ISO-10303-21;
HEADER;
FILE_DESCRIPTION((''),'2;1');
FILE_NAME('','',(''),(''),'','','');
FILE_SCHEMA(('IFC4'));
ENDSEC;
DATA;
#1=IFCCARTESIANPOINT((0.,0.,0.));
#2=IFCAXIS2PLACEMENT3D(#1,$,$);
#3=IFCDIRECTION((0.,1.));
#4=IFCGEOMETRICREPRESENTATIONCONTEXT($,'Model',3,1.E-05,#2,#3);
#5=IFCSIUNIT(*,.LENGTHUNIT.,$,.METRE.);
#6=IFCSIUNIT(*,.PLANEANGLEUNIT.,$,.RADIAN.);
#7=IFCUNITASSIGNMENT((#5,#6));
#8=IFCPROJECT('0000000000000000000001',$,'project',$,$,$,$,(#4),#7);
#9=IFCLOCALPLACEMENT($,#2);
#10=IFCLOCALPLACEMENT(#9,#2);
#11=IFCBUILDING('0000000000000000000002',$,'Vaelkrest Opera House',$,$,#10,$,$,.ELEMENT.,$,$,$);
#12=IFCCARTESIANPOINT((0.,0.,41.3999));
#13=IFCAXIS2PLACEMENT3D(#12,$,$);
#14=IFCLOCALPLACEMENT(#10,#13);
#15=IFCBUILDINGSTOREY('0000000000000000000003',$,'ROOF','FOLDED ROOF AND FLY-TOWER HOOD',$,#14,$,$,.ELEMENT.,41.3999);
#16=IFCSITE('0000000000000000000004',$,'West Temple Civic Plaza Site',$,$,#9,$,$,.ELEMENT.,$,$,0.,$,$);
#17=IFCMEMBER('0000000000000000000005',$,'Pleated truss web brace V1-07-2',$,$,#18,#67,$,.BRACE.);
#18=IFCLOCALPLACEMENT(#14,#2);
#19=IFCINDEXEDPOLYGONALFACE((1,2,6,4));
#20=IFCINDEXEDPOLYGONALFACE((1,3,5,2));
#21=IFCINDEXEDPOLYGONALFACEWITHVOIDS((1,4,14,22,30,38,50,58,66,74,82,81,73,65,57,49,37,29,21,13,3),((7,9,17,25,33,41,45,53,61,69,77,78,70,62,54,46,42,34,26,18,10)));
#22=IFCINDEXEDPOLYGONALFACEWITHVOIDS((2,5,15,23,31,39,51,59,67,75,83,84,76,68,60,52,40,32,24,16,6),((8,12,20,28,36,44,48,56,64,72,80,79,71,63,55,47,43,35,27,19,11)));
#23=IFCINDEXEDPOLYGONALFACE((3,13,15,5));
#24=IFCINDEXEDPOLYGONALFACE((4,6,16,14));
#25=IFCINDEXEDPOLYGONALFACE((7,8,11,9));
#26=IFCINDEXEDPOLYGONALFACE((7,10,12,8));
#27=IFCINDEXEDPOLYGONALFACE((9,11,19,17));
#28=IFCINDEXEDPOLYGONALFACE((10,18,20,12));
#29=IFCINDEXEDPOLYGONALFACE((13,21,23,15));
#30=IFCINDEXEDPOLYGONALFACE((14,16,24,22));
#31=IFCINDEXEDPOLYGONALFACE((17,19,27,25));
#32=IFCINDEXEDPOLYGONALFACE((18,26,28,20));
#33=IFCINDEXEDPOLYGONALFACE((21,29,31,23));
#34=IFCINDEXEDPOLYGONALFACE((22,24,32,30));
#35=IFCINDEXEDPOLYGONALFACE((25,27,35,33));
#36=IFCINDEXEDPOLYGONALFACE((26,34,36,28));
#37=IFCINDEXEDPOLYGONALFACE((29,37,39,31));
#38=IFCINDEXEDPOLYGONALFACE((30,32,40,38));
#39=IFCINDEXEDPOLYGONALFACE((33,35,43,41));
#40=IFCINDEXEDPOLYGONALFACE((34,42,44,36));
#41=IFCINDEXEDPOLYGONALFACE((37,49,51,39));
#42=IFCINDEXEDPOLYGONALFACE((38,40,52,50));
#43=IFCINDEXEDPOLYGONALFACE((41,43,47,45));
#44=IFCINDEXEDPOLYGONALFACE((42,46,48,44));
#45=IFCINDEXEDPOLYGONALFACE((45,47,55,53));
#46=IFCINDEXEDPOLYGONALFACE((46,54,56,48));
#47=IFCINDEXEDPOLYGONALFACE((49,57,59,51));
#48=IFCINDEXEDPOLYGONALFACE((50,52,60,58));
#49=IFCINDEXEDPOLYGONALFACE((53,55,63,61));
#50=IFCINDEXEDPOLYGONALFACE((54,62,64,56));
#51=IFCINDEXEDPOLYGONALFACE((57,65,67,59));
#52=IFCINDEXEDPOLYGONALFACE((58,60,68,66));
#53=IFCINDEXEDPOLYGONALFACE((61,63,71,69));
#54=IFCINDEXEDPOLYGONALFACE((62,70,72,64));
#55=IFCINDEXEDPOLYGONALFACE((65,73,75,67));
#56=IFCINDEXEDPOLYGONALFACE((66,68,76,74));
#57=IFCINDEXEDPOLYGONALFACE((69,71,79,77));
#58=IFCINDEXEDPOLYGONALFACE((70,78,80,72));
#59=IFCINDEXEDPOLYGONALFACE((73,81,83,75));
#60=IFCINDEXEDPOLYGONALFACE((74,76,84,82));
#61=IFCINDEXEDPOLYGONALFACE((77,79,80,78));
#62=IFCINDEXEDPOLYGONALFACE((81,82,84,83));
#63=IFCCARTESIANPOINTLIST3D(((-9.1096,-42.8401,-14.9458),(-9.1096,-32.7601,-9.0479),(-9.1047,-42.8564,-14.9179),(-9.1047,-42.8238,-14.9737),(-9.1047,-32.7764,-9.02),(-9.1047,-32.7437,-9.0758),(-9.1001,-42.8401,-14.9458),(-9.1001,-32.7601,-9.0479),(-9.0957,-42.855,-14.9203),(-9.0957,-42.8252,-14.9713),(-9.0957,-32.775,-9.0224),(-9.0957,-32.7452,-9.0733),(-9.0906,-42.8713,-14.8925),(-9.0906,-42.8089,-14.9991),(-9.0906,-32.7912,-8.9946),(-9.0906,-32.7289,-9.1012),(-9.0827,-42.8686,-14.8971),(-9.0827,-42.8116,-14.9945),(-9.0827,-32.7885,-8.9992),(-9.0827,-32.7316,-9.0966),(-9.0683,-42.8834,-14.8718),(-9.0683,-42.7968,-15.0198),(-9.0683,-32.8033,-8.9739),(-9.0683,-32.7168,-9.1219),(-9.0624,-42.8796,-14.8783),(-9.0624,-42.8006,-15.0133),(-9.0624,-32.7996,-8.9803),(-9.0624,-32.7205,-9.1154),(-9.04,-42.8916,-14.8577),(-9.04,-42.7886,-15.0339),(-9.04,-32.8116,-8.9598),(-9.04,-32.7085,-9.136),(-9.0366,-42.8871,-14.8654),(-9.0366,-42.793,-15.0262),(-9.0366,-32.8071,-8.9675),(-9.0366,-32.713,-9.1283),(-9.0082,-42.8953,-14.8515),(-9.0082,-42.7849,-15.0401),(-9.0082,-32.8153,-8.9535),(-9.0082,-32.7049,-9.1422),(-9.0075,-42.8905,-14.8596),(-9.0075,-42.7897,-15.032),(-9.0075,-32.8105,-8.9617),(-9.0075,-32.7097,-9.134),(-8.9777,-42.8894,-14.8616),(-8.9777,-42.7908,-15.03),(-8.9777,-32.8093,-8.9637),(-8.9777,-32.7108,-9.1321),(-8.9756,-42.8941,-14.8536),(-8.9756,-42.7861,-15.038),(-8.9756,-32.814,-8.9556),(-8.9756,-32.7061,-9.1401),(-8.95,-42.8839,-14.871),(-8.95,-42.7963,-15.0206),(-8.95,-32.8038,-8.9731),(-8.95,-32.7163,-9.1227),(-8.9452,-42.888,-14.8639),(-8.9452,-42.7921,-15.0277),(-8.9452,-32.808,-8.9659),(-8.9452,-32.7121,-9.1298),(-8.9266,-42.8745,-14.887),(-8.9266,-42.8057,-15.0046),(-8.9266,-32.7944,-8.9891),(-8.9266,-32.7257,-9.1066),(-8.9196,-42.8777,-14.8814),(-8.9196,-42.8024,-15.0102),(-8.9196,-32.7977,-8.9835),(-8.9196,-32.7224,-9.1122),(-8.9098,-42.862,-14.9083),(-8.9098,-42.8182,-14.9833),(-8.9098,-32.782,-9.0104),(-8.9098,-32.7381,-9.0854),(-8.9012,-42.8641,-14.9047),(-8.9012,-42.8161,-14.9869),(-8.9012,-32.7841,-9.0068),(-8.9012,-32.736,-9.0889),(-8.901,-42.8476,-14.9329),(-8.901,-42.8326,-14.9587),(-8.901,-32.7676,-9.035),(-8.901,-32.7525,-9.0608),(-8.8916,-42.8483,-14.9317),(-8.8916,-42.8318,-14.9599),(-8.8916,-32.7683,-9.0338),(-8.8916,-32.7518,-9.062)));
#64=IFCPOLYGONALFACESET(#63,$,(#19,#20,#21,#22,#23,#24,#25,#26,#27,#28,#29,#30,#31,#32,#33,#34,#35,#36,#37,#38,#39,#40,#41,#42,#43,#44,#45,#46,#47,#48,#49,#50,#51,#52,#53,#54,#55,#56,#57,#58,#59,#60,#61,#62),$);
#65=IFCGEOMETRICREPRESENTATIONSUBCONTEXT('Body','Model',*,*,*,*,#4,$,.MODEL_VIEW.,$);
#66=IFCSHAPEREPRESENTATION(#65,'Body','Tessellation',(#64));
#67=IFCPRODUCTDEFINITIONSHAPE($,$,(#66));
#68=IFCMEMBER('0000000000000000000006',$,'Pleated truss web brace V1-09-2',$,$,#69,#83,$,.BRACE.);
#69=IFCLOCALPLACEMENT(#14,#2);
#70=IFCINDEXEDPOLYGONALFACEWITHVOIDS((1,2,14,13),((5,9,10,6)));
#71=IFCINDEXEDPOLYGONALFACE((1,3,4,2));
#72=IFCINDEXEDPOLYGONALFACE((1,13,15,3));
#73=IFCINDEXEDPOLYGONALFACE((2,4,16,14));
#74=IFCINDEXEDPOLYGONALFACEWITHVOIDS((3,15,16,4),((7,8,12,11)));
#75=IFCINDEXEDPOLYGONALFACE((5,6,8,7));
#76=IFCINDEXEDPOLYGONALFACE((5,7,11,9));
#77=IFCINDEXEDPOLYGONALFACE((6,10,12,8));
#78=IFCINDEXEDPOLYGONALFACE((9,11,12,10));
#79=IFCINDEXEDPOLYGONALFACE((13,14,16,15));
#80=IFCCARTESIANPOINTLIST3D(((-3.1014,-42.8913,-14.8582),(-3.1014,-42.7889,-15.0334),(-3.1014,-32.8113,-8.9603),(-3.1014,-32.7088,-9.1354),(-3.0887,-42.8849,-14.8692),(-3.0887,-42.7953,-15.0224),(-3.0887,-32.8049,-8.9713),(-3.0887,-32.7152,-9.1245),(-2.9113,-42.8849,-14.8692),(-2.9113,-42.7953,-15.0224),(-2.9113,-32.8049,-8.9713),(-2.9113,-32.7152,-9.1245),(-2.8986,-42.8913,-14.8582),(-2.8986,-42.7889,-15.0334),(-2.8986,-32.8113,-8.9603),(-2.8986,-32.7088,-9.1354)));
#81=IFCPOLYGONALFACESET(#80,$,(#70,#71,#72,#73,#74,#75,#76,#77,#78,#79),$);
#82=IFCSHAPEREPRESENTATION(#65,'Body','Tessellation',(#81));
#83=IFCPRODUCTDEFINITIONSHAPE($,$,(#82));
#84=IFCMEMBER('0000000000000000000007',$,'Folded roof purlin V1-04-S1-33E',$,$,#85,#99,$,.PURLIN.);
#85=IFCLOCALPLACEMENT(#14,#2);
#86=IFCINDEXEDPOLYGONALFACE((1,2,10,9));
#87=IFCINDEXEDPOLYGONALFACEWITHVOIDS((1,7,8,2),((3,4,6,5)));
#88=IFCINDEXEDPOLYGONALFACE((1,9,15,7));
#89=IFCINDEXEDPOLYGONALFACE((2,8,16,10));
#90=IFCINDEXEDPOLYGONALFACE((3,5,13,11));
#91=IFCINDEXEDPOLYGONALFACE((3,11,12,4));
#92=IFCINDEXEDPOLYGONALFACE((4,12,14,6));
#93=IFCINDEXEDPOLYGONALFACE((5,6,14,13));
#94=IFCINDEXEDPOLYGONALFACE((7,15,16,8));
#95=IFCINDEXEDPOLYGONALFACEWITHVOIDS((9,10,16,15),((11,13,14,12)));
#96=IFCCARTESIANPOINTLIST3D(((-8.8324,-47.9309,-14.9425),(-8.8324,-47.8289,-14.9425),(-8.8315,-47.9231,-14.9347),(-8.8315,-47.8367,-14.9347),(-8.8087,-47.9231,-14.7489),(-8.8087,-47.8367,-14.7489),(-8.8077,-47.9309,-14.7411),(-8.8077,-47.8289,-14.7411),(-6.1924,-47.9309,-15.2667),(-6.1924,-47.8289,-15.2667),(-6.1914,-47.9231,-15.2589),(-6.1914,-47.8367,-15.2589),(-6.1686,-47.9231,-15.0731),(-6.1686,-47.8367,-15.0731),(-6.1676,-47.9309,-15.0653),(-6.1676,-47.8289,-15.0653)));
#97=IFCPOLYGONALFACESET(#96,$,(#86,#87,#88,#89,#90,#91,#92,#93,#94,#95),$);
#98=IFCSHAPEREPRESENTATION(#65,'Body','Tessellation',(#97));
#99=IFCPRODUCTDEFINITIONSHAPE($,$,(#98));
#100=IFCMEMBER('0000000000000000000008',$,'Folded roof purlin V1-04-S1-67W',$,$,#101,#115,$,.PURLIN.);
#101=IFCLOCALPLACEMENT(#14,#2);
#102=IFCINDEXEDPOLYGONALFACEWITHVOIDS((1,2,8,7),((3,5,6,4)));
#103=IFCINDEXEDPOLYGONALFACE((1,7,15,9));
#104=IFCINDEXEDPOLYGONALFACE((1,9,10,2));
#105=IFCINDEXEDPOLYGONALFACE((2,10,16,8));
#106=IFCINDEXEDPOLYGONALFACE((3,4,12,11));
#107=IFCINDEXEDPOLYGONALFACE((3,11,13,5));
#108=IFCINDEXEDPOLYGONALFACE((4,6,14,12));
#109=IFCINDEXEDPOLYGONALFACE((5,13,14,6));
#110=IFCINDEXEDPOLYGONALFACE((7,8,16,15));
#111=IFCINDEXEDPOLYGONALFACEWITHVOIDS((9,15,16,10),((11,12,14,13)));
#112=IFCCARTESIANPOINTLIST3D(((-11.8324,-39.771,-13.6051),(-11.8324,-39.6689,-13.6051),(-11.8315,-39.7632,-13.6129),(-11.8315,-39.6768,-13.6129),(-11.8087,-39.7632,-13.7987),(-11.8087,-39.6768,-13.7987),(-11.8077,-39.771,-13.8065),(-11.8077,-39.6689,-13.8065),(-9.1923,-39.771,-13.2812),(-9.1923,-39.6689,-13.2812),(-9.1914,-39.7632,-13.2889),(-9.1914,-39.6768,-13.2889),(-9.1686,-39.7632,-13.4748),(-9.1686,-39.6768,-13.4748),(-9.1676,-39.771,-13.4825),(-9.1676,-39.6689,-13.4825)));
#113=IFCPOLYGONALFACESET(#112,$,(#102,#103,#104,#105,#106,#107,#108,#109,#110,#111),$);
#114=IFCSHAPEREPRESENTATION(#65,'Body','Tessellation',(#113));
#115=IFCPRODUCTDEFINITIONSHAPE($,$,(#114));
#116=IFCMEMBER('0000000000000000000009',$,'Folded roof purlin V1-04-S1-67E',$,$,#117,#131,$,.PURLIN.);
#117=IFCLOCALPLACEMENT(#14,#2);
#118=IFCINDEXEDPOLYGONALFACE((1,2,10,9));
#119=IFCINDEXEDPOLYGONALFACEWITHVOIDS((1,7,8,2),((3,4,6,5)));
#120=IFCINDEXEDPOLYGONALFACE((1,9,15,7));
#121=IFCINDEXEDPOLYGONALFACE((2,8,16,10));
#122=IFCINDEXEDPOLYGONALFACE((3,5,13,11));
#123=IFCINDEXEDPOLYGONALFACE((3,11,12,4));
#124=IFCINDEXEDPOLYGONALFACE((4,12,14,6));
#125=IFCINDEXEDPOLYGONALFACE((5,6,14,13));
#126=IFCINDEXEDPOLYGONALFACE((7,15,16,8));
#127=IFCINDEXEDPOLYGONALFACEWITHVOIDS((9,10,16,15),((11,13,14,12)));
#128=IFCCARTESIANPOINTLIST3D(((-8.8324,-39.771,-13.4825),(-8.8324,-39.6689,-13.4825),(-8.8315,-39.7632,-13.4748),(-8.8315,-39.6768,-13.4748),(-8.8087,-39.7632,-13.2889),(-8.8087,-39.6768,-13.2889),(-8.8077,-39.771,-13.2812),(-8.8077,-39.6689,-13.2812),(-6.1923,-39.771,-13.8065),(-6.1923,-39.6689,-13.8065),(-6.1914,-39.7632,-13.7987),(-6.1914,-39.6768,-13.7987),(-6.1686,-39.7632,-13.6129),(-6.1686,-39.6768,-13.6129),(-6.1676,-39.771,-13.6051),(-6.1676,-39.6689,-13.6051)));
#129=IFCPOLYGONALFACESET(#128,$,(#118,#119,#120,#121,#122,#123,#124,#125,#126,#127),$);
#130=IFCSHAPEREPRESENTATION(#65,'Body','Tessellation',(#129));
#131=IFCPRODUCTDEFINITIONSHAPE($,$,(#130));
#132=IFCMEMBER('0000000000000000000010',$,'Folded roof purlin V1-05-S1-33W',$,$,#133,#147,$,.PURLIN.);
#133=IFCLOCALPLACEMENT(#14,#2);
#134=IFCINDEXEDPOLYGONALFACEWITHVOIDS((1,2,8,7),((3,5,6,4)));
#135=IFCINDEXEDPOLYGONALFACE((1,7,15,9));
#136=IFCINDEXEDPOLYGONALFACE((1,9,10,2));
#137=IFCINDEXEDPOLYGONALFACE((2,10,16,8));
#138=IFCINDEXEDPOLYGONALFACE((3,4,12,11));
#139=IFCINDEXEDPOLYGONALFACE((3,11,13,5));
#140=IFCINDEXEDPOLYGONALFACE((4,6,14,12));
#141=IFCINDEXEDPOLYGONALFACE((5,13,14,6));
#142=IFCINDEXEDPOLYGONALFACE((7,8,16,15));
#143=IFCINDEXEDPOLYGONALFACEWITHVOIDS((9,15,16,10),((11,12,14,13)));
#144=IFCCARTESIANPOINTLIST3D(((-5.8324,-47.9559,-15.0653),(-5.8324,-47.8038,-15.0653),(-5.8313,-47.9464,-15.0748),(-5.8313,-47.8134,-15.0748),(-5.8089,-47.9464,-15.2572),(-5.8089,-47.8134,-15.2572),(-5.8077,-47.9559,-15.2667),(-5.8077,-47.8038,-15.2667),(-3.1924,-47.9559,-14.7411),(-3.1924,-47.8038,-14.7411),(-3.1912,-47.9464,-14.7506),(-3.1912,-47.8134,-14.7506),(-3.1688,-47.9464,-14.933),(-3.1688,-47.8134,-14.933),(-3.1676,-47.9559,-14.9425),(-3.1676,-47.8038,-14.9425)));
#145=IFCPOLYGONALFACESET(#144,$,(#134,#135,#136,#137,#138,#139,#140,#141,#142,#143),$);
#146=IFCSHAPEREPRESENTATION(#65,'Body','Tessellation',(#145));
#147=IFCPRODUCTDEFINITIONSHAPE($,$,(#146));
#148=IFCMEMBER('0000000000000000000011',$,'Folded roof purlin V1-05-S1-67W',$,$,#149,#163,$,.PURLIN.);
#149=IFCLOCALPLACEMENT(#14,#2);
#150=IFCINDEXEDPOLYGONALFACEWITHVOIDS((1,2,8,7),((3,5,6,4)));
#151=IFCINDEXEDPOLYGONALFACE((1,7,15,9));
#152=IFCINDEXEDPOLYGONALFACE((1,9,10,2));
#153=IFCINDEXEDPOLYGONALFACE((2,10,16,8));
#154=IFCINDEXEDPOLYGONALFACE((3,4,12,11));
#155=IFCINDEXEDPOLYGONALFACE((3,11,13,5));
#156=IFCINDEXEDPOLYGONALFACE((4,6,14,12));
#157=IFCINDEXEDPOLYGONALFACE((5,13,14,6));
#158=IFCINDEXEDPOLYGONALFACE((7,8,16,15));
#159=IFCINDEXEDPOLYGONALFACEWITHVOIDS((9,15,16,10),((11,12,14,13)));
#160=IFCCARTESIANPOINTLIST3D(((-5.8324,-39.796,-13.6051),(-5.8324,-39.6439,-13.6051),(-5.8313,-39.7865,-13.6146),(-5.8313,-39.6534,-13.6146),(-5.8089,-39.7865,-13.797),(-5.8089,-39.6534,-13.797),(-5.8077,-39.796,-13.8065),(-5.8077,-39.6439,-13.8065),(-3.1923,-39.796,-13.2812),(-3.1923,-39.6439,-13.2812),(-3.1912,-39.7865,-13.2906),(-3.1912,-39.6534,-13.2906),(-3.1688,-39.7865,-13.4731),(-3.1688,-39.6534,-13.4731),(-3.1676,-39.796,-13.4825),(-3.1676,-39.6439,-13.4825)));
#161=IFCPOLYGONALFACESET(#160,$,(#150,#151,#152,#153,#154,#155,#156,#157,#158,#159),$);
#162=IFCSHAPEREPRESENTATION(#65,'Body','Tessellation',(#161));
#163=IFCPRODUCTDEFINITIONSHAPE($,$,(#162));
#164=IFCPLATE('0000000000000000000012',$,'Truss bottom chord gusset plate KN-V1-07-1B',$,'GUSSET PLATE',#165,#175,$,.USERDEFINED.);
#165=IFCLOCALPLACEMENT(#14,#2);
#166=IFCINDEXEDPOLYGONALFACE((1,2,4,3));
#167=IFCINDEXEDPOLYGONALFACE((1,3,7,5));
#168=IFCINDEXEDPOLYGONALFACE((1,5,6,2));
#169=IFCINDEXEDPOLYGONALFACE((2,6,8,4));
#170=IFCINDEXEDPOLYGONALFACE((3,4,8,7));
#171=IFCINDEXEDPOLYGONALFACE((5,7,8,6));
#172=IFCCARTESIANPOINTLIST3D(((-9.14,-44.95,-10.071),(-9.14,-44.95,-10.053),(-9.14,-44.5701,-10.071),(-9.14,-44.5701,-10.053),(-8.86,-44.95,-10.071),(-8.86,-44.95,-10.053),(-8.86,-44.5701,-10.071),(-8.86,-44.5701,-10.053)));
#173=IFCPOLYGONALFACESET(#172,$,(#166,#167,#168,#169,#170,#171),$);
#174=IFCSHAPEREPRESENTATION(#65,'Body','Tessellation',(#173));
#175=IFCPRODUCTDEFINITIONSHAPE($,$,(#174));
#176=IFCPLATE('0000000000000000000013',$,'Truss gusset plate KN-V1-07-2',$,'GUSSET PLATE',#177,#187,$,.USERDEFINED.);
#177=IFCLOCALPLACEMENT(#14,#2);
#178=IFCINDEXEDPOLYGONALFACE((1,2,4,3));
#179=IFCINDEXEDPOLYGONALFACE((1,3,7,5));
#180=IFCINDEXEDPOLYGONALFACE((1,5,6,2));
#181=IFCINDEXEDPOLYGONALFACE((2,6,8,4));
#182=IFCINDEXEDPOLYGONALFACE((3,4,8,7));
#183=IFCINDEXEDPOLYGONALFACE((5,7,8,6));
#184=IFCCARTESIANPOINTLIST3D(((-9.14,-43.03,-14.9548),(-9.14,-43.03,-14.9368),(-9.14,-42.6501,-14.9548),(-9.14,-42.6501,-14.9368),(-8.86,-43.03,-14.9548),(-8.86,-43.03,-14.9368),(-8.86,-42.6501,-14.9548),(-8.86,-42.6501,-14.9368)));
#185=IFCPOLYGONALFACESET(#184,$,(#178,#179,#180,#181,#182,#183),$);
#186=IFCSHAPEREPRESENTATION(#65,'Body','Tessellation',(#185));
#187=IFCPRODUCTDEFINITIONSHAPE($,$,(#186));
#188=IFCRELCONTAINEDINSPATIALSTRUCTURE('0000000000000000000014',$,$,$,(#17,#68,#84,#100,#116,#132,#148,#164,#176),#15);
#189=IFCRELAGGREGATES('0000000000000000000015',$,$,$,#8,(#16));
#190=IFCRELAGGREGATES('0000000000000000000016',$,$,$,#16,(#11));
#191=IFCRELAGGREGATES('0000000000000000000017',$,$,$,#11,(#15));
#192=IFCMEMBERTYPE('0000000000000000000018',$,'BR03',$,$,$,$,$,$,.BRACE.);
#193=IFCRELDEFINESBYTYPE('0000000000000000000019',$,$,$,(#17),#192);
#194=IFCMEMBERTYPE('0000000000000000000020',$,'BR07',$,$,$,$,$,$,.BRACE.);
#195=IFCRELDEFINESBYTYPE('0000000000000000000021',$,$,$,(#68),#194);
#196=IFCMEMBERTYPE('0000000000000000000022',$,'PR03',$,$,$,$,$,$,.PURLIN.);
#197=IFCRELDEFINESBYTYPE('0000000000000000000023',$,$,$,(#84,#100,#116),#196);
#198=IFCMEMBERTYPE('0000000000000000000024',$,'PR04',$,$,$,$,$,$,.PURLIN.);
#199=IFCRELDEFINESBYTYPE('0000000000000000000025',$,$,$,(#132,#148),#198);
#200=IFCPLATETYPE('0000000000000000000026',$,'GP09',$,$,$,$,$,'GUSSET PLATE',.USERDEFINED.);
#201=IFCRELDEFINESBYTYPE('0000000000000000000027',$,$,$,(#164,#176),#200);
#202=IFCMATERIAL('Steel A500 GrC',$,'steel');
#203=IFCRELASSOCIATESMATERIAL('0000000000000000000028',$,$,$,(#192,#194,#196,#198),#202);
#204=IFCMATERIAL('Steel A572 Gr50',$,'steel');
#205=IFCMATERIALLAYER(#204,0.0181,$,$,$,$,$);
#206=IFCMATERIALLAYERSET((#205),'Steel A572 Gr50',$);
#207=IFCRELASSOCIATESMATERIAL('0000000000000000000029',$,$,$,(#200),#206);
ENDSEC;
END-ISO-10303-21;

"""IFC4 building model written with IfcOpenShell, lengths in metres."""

from ifc_helpers import new_model, si_unit, direction, frame, origin, origin_2d, place, context, subcontext, project, spatial, rectangle, hollow_rectangle, hollow_circle, extrude, material, layer, layer_set, material_profile, profile_set, type_object, element, save


model = new_model("IFC4")

# Units and contexts
model_context = context("Model", 3, precision=1e-05, world=origin(), true_north=direction((0.0, 1.0)))
body_context = subcontext(model_context, "Body", "Model", "MODEL_VIEW")
ifc_project = project(units=[si_unit("LENGTHUNIT", "METRE"), si_unit("PLANEANGLEUNIT", "RADIAN")], contexts=[model_context])

# Site, building, storey
site_placement = place(None, origin())
site = spatial("IfcSite", under=ifc_project, at=site_placement, Name="West Temple Civic Plaza Site", CompositionType="ELEMENT", RefElevation=0.0)
building_placement = place(site_placement, origin())
building = spatial("IfcBuilding", under=site, at=building_placement, Name="Vaelkrest Opera House", CompositionType="ELEMENT")
storey_placement = place(building_placement, frame((0.0, 0.0, 41.3999)))
storey = spatial("IfcBuildingStorey", under=building, at=storey_placement, Name="ROOF", Description="FOLDED ROOF AND FLY-TOWER HOOD", CompositionType="ELEMENT", Elevation=41.3999)

# Members
ifc_material_1 = material(Name="Steel A500 GrC", Category="steel")
ifc_material_profile_1 = material_profile(ifc_material_1, hollow_circle(Radius=0.1096, WallThickness=0.0095, at=origin_2d()), Name="HSS219.1X9.5")
ifc_profile_set_1 = profile_set([ifc_material_profile_1], Name="Steel A500 GrC")
member_type_1 = type_object("IfcMemberType", Name="BR03", PredefinedType="BRACE", material=ifc_profile_set_1)
member_1_placement = place(storey_placement, frame((-9.0, -42.8401, -14.9458), z_axis=(0.0, 0.863111, 0.505014), x_axis=(-1.0, 0.0, 0.0)))
element("IfcMember", 1, at=member_1_placement, inside=storey, type_object=member_type_1, Name="Pleated truss web brace V1-07-2", PredefinedType="BRACE", context=body_context, shape_type="SweptSolid", body=[
    extrude(hollow_circle(Radius=0.1096, WallThickness=0.0095, at=origin_2d()), origin(), (0.0, 0.0, 1.0), 11.6787),
])
ifc_material_profile_2 = material_profile(ifc_material_1, hollow_rectangle(XDim=0.2029, YDim=0.2029, WallThickness=0.0127, at=origin_2d()), Name="HSS203X203X12.7")
ifc_profile_set_2 = profile_set([ifc_material_profile_2], Name="Steel A500 GrC")
member_type_2 = type_object("IfcMemberType", Name="BR07", PredefinedType="BRACE", material=ifc_profile_set_2)
member_2_placement = place(storey_placement, frame((-3.0, -42.8401, -14.9458), z_axis=(0.0, 0.863111, 0.505014), x_axis=(-1.0, 0.0, 0.0)))
element("IfcMember", 2, at=member_2_placement, inside=storey, type_object=member_type_2, Name="Pleated truss web brace V1-09-2", PredefinedType="BRACE", context=body_context, shape_type="SweptSolid", body=[
    extrude(hollow_rectangle(XDim=0.2029, YDim=0.2029, WallThickness=0.0127, at=origin_2d()), origin(), (0.0, 0.0, 1.0), 11.6787),
])
ifc_material_profile_3 = material_profile(ifc_material_1, hollow_rectangle(XDim=0.1021, YDim=0.2029, WallThickness=0.0078, at=origin_2d()), Name="HSS203X102X8")
ifc_profile_set_3 = profile_set([ifc_material_profile_3], Name="Steel A500 GrC")
member_type_3 = type_object("IfcMemberType", Name="PR03", PredefinedType="PURLIN", material=ifc_profile_set_3)
for number, where, z_axis, x_axis, name in (
    (3, (-8.8201, -47.8799, -14.8418), (0.992544, 0.0, -0.121888), (0.0, 1.0, 0.0), "Folded roof purlin V1-04-S1-33E"),
    (4, (-11.8201, -39.72, -13.7058), (0.992555, 0.0, 0.121798), (0.0, 1.0, 0.0), "Folded roof purlin V1-04-S1-67W"),
    (5, (-8.8201, -39.72, -13.3818), (0.992555, 0.0, -0.121798), (0.0, 1.0, 0.0), "Folded roof purlin V1-04-S1-67E"),
):
    element("IfcMember", number, at=place(storey_placement, frame(where, z_axis=z_axis, x_axis=x_axis)), inside=storey, type_object=member_type_3, Name=name, PredefinedType="PURLIN", context=body_context, shape_type="SweptSolid", body=[
        extrude(hollow_rectangle(XDim=0.1021, YDim=0.2029, WallThickness=0.0078, at=origin_2d()), origin(), (0.0, 0.0, 1.0), 2.6599),
    ])
ifc_material_profile_4 = material_profile(ifc_material_1, hollow_rectangle(XDim=0.1521, YDim=0.2029, WallThickness=0.0095, at=origin_2d()), Name="HSS203X152X9.5")
ifc_profile_set_4 = profile_set([ifc_material_profile_4], Name="Steel A500 GrC")
member_type_4 = type_object("IfcMemberType", Name="PR04", PredefinedType="PURLIN", material=ifc_profile_set_4)
for number, where, z_axis, x_axis, name in (
    (6, (-5.8201, -47.8799, -15.166), (0.992544, 0.0, 0.121888), (0.0, 1.0, 0.0), "Folded roof purlin V1-05-S1-33W"),
    (7, (-5.8201, -39.72, -13.7058), (0.992555, 0.0, 0.121798), (0.0, 1.0, 0.0), "Folded roof purlin V1-05-S1-67W"),
):
    element("IfcMember", number, at=place(storey_placement, frame(where, z_axis=z_axis, x_axis=x_axis)), inside=storey, type_object=member_type_4, Name=name, PredefinedType="PURLIN", context=body_context, shape_type="SweptSolid", body=[
        extrude(hollow_rectangle(XDim=0.1521, YDim=0.2029, WallThickness=0.0095, at=origin_2d()), origin(), (0.0, 0.0, 1.0), 2.6599),
    ])

# Plates
ifc_material_2 = material(Name="Steel A572 Gr50", Category="steel")
ifc_layer_1 = layer(ifc_material_2, 0.0181)
ifc_layer_set_1 = layer_set([ifc_layer_1], Name="Steel A572 Gr50")
plate_type_1 = type_object("IfcPlateType", Name="GP09", ElementType="GUSSET PLATE", PredefinedType="USERDEFINED", material=ifc_layer_set_1)
for number, where, z_axis, x_axis, name in (
    (8, (-9.0, -44.76, -10.071), (0.0, 0.0, 1.0), (0.0, 1.0, 0.0), "Truss bottom chord gusset plate KN-V1-07-1B"),
    (9, (-9.0, -42.8401, -14.9548), (0.0, 0.0, 1.0), (0.0, 1.0, 0.0), "Truss gusset plate KN-V1-07-2"),
):
    element("IfcPlate", number, at=place(storey_placement, frame(where, z_axis=z_axis, x_axis=x_axis)), inside=storey, type_object=plate_type_1, Name=name, ObjectType="GUSSET PLATE", PredefinedType="USERDEFINED", context=body_context, shape_type="SweptSolid", body=[
        extrude(rectangle(XDim=0.3799, YDim=0.28, at=origin_2d()), origin(), (0.0, 0.0, 1.0), 0.0181),
    ])

save(model, "model.ifc")
